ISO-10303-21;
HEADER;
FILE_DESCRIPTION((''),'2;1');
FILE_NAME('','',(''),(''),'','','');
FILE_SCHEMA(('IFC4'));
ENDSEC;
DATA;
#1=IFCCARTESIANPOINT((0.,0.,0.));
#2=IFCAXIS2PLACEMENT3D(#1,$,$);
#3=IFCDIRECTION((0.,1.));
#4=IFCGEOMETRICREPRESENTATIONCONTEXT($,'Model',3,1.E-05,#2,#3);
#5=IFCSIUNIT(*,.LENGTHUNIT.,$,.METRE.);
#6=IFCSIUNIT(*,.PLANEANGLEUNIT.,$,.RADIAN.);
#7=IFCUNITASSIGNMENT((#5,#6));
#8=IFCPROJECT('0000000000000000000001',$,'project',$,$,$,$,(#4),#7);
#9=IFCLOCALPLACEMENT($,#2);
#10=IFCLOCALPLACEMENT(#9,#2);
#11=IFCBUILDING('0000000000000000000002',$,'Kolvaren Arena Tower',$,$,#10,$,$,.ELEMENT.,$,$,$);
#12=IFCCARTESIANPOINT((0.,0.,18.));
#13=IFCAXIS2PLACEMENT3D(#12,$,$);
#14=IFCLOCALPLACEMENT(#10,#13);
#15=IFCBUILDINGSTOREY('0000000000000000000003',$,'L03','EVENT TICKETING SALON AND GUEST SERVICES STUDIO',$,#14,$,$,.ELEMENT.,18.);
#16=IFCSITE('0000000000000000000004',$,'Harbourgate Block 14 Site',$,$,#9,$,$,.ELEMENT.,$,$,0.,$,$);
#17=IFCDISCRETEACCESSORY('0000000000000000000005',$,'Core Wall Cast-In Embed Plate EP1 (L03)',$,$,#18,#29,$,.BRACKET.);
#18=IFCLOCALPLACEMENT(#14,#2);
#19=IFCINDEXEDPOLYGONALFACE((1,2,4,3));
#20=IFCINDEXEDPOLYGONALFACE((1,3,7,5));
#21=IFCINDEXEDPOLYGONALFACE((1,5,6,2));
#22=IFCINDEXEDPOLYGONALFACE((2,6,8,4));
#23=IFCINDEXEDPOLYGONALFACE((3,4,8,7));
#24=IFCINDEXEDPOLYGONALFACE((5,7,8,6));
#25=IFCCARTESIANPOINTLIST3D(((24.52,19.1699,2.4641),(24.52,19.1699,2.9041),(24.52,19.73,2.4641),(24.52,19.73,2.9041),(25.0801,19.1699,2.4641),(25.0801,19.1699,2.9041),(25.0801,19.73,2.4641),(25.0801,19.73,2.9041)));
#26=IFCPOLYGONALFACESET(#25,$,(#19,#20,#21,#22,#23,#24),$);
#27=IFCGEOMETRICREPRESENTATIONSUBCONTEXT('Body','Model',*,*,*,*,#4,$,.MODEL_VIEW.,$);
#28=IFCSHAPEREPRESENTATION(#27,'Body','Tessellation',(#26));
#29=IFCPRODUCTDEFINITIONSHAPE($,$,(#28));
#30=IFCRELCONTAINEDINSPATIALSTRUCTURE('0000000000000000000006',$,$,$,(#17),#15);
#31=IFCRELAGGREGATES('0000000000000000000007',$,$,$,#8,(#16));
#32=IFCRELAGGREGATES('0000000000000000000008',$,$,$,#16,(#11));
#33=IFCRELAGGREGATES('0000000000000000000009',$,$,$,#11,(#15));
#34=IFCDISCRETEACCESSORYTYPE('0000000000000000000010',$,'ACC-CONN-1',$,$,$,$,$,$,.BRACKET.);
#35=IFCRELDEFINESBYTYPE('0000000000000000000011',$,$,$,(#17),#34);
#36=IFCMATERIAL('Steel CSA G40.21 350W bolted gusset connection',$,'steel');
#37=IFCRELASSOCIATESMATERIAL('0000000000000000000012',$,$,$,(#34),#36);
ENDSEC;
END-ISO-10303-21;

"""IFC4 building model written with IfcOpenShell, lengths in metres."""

from ifc_helpers import new_model, si_unit, direction, frame, origin, origin_2d, place, context, subcontext, project, spatial, rectangle, extrude, material, type_object, element, save


model = new_model("IFC4")

# Units and contexts
model_context = context("Model", 3, precision=1e-05, world=origin(), true_north=direction((0.0, 1.0)))
body_context = subcontext(model_context, "Body", "Model", "MODEL_VIEW")
ifc_project = project(units=[si_unit("LENGTHUNIT", "METRE"), si_unit("PLANEANGLEUNIT", "RADIAN")], contexts=[model_context])

# Site, building, storey
site_placement = place(None, origin())
site = spatial("IfcSite", under=ifc_project, at=site_placement, Name="Harbourgate Block 14 Site", CompositionType="ELEMENT", RefElevation=0.0)
building_placement = place(site_placement, origin())
building = spatial("IfcBuilding", under=site, at=building_placement, Name="Kolvaren Arena Tower", CompositionType="ELEMENT")
storey_placement = place(building_placement, frame((0.0, 0.0, 18.0)))
storey = spatial("IfcBuildingStorey", under=building, at=storey_placement, Name="L03", Description="EVENT TICKETING SALON AND GUEST SERVICES STUDIO", CompositionType="ELEMENT", Elevation=18.0)

# Discrete accessory
ifc_material_1 = material(Name="Steel CSA G40.21 350W bolted gusset connection", Category="steel")
discrete_accessory_type = type_object("IfcDiscreteAccessoryType", Name="ACC-CONN-1", PredefinedType="BRACKET", material=ifc_material_1)
discrete_accessory_placement = place(storey_placement, frame((24.8, 19.45, 2.4641), z_axis=(0.0, 0.0, 1.0), x_axis=(1.0, 0.0, 0.0)))
element("IfcDiscreteAccessory", 1, at=discrete_accessory_placement, inside=storey, type_object=discrete_accessory_type, Name="Core Wall Cast-In Embed Plate EP1 (L03)", PredefinedType="BRACKET", context=body_context, shape_type="SweptSolid", body=[
    extrude(rectangle(XDim=0.5601, YDim=0.5601, at=origin_2d()), origin(), (0.0, 0.0, 1.0), 0.4399),
])

save(model, "model.ifc")
